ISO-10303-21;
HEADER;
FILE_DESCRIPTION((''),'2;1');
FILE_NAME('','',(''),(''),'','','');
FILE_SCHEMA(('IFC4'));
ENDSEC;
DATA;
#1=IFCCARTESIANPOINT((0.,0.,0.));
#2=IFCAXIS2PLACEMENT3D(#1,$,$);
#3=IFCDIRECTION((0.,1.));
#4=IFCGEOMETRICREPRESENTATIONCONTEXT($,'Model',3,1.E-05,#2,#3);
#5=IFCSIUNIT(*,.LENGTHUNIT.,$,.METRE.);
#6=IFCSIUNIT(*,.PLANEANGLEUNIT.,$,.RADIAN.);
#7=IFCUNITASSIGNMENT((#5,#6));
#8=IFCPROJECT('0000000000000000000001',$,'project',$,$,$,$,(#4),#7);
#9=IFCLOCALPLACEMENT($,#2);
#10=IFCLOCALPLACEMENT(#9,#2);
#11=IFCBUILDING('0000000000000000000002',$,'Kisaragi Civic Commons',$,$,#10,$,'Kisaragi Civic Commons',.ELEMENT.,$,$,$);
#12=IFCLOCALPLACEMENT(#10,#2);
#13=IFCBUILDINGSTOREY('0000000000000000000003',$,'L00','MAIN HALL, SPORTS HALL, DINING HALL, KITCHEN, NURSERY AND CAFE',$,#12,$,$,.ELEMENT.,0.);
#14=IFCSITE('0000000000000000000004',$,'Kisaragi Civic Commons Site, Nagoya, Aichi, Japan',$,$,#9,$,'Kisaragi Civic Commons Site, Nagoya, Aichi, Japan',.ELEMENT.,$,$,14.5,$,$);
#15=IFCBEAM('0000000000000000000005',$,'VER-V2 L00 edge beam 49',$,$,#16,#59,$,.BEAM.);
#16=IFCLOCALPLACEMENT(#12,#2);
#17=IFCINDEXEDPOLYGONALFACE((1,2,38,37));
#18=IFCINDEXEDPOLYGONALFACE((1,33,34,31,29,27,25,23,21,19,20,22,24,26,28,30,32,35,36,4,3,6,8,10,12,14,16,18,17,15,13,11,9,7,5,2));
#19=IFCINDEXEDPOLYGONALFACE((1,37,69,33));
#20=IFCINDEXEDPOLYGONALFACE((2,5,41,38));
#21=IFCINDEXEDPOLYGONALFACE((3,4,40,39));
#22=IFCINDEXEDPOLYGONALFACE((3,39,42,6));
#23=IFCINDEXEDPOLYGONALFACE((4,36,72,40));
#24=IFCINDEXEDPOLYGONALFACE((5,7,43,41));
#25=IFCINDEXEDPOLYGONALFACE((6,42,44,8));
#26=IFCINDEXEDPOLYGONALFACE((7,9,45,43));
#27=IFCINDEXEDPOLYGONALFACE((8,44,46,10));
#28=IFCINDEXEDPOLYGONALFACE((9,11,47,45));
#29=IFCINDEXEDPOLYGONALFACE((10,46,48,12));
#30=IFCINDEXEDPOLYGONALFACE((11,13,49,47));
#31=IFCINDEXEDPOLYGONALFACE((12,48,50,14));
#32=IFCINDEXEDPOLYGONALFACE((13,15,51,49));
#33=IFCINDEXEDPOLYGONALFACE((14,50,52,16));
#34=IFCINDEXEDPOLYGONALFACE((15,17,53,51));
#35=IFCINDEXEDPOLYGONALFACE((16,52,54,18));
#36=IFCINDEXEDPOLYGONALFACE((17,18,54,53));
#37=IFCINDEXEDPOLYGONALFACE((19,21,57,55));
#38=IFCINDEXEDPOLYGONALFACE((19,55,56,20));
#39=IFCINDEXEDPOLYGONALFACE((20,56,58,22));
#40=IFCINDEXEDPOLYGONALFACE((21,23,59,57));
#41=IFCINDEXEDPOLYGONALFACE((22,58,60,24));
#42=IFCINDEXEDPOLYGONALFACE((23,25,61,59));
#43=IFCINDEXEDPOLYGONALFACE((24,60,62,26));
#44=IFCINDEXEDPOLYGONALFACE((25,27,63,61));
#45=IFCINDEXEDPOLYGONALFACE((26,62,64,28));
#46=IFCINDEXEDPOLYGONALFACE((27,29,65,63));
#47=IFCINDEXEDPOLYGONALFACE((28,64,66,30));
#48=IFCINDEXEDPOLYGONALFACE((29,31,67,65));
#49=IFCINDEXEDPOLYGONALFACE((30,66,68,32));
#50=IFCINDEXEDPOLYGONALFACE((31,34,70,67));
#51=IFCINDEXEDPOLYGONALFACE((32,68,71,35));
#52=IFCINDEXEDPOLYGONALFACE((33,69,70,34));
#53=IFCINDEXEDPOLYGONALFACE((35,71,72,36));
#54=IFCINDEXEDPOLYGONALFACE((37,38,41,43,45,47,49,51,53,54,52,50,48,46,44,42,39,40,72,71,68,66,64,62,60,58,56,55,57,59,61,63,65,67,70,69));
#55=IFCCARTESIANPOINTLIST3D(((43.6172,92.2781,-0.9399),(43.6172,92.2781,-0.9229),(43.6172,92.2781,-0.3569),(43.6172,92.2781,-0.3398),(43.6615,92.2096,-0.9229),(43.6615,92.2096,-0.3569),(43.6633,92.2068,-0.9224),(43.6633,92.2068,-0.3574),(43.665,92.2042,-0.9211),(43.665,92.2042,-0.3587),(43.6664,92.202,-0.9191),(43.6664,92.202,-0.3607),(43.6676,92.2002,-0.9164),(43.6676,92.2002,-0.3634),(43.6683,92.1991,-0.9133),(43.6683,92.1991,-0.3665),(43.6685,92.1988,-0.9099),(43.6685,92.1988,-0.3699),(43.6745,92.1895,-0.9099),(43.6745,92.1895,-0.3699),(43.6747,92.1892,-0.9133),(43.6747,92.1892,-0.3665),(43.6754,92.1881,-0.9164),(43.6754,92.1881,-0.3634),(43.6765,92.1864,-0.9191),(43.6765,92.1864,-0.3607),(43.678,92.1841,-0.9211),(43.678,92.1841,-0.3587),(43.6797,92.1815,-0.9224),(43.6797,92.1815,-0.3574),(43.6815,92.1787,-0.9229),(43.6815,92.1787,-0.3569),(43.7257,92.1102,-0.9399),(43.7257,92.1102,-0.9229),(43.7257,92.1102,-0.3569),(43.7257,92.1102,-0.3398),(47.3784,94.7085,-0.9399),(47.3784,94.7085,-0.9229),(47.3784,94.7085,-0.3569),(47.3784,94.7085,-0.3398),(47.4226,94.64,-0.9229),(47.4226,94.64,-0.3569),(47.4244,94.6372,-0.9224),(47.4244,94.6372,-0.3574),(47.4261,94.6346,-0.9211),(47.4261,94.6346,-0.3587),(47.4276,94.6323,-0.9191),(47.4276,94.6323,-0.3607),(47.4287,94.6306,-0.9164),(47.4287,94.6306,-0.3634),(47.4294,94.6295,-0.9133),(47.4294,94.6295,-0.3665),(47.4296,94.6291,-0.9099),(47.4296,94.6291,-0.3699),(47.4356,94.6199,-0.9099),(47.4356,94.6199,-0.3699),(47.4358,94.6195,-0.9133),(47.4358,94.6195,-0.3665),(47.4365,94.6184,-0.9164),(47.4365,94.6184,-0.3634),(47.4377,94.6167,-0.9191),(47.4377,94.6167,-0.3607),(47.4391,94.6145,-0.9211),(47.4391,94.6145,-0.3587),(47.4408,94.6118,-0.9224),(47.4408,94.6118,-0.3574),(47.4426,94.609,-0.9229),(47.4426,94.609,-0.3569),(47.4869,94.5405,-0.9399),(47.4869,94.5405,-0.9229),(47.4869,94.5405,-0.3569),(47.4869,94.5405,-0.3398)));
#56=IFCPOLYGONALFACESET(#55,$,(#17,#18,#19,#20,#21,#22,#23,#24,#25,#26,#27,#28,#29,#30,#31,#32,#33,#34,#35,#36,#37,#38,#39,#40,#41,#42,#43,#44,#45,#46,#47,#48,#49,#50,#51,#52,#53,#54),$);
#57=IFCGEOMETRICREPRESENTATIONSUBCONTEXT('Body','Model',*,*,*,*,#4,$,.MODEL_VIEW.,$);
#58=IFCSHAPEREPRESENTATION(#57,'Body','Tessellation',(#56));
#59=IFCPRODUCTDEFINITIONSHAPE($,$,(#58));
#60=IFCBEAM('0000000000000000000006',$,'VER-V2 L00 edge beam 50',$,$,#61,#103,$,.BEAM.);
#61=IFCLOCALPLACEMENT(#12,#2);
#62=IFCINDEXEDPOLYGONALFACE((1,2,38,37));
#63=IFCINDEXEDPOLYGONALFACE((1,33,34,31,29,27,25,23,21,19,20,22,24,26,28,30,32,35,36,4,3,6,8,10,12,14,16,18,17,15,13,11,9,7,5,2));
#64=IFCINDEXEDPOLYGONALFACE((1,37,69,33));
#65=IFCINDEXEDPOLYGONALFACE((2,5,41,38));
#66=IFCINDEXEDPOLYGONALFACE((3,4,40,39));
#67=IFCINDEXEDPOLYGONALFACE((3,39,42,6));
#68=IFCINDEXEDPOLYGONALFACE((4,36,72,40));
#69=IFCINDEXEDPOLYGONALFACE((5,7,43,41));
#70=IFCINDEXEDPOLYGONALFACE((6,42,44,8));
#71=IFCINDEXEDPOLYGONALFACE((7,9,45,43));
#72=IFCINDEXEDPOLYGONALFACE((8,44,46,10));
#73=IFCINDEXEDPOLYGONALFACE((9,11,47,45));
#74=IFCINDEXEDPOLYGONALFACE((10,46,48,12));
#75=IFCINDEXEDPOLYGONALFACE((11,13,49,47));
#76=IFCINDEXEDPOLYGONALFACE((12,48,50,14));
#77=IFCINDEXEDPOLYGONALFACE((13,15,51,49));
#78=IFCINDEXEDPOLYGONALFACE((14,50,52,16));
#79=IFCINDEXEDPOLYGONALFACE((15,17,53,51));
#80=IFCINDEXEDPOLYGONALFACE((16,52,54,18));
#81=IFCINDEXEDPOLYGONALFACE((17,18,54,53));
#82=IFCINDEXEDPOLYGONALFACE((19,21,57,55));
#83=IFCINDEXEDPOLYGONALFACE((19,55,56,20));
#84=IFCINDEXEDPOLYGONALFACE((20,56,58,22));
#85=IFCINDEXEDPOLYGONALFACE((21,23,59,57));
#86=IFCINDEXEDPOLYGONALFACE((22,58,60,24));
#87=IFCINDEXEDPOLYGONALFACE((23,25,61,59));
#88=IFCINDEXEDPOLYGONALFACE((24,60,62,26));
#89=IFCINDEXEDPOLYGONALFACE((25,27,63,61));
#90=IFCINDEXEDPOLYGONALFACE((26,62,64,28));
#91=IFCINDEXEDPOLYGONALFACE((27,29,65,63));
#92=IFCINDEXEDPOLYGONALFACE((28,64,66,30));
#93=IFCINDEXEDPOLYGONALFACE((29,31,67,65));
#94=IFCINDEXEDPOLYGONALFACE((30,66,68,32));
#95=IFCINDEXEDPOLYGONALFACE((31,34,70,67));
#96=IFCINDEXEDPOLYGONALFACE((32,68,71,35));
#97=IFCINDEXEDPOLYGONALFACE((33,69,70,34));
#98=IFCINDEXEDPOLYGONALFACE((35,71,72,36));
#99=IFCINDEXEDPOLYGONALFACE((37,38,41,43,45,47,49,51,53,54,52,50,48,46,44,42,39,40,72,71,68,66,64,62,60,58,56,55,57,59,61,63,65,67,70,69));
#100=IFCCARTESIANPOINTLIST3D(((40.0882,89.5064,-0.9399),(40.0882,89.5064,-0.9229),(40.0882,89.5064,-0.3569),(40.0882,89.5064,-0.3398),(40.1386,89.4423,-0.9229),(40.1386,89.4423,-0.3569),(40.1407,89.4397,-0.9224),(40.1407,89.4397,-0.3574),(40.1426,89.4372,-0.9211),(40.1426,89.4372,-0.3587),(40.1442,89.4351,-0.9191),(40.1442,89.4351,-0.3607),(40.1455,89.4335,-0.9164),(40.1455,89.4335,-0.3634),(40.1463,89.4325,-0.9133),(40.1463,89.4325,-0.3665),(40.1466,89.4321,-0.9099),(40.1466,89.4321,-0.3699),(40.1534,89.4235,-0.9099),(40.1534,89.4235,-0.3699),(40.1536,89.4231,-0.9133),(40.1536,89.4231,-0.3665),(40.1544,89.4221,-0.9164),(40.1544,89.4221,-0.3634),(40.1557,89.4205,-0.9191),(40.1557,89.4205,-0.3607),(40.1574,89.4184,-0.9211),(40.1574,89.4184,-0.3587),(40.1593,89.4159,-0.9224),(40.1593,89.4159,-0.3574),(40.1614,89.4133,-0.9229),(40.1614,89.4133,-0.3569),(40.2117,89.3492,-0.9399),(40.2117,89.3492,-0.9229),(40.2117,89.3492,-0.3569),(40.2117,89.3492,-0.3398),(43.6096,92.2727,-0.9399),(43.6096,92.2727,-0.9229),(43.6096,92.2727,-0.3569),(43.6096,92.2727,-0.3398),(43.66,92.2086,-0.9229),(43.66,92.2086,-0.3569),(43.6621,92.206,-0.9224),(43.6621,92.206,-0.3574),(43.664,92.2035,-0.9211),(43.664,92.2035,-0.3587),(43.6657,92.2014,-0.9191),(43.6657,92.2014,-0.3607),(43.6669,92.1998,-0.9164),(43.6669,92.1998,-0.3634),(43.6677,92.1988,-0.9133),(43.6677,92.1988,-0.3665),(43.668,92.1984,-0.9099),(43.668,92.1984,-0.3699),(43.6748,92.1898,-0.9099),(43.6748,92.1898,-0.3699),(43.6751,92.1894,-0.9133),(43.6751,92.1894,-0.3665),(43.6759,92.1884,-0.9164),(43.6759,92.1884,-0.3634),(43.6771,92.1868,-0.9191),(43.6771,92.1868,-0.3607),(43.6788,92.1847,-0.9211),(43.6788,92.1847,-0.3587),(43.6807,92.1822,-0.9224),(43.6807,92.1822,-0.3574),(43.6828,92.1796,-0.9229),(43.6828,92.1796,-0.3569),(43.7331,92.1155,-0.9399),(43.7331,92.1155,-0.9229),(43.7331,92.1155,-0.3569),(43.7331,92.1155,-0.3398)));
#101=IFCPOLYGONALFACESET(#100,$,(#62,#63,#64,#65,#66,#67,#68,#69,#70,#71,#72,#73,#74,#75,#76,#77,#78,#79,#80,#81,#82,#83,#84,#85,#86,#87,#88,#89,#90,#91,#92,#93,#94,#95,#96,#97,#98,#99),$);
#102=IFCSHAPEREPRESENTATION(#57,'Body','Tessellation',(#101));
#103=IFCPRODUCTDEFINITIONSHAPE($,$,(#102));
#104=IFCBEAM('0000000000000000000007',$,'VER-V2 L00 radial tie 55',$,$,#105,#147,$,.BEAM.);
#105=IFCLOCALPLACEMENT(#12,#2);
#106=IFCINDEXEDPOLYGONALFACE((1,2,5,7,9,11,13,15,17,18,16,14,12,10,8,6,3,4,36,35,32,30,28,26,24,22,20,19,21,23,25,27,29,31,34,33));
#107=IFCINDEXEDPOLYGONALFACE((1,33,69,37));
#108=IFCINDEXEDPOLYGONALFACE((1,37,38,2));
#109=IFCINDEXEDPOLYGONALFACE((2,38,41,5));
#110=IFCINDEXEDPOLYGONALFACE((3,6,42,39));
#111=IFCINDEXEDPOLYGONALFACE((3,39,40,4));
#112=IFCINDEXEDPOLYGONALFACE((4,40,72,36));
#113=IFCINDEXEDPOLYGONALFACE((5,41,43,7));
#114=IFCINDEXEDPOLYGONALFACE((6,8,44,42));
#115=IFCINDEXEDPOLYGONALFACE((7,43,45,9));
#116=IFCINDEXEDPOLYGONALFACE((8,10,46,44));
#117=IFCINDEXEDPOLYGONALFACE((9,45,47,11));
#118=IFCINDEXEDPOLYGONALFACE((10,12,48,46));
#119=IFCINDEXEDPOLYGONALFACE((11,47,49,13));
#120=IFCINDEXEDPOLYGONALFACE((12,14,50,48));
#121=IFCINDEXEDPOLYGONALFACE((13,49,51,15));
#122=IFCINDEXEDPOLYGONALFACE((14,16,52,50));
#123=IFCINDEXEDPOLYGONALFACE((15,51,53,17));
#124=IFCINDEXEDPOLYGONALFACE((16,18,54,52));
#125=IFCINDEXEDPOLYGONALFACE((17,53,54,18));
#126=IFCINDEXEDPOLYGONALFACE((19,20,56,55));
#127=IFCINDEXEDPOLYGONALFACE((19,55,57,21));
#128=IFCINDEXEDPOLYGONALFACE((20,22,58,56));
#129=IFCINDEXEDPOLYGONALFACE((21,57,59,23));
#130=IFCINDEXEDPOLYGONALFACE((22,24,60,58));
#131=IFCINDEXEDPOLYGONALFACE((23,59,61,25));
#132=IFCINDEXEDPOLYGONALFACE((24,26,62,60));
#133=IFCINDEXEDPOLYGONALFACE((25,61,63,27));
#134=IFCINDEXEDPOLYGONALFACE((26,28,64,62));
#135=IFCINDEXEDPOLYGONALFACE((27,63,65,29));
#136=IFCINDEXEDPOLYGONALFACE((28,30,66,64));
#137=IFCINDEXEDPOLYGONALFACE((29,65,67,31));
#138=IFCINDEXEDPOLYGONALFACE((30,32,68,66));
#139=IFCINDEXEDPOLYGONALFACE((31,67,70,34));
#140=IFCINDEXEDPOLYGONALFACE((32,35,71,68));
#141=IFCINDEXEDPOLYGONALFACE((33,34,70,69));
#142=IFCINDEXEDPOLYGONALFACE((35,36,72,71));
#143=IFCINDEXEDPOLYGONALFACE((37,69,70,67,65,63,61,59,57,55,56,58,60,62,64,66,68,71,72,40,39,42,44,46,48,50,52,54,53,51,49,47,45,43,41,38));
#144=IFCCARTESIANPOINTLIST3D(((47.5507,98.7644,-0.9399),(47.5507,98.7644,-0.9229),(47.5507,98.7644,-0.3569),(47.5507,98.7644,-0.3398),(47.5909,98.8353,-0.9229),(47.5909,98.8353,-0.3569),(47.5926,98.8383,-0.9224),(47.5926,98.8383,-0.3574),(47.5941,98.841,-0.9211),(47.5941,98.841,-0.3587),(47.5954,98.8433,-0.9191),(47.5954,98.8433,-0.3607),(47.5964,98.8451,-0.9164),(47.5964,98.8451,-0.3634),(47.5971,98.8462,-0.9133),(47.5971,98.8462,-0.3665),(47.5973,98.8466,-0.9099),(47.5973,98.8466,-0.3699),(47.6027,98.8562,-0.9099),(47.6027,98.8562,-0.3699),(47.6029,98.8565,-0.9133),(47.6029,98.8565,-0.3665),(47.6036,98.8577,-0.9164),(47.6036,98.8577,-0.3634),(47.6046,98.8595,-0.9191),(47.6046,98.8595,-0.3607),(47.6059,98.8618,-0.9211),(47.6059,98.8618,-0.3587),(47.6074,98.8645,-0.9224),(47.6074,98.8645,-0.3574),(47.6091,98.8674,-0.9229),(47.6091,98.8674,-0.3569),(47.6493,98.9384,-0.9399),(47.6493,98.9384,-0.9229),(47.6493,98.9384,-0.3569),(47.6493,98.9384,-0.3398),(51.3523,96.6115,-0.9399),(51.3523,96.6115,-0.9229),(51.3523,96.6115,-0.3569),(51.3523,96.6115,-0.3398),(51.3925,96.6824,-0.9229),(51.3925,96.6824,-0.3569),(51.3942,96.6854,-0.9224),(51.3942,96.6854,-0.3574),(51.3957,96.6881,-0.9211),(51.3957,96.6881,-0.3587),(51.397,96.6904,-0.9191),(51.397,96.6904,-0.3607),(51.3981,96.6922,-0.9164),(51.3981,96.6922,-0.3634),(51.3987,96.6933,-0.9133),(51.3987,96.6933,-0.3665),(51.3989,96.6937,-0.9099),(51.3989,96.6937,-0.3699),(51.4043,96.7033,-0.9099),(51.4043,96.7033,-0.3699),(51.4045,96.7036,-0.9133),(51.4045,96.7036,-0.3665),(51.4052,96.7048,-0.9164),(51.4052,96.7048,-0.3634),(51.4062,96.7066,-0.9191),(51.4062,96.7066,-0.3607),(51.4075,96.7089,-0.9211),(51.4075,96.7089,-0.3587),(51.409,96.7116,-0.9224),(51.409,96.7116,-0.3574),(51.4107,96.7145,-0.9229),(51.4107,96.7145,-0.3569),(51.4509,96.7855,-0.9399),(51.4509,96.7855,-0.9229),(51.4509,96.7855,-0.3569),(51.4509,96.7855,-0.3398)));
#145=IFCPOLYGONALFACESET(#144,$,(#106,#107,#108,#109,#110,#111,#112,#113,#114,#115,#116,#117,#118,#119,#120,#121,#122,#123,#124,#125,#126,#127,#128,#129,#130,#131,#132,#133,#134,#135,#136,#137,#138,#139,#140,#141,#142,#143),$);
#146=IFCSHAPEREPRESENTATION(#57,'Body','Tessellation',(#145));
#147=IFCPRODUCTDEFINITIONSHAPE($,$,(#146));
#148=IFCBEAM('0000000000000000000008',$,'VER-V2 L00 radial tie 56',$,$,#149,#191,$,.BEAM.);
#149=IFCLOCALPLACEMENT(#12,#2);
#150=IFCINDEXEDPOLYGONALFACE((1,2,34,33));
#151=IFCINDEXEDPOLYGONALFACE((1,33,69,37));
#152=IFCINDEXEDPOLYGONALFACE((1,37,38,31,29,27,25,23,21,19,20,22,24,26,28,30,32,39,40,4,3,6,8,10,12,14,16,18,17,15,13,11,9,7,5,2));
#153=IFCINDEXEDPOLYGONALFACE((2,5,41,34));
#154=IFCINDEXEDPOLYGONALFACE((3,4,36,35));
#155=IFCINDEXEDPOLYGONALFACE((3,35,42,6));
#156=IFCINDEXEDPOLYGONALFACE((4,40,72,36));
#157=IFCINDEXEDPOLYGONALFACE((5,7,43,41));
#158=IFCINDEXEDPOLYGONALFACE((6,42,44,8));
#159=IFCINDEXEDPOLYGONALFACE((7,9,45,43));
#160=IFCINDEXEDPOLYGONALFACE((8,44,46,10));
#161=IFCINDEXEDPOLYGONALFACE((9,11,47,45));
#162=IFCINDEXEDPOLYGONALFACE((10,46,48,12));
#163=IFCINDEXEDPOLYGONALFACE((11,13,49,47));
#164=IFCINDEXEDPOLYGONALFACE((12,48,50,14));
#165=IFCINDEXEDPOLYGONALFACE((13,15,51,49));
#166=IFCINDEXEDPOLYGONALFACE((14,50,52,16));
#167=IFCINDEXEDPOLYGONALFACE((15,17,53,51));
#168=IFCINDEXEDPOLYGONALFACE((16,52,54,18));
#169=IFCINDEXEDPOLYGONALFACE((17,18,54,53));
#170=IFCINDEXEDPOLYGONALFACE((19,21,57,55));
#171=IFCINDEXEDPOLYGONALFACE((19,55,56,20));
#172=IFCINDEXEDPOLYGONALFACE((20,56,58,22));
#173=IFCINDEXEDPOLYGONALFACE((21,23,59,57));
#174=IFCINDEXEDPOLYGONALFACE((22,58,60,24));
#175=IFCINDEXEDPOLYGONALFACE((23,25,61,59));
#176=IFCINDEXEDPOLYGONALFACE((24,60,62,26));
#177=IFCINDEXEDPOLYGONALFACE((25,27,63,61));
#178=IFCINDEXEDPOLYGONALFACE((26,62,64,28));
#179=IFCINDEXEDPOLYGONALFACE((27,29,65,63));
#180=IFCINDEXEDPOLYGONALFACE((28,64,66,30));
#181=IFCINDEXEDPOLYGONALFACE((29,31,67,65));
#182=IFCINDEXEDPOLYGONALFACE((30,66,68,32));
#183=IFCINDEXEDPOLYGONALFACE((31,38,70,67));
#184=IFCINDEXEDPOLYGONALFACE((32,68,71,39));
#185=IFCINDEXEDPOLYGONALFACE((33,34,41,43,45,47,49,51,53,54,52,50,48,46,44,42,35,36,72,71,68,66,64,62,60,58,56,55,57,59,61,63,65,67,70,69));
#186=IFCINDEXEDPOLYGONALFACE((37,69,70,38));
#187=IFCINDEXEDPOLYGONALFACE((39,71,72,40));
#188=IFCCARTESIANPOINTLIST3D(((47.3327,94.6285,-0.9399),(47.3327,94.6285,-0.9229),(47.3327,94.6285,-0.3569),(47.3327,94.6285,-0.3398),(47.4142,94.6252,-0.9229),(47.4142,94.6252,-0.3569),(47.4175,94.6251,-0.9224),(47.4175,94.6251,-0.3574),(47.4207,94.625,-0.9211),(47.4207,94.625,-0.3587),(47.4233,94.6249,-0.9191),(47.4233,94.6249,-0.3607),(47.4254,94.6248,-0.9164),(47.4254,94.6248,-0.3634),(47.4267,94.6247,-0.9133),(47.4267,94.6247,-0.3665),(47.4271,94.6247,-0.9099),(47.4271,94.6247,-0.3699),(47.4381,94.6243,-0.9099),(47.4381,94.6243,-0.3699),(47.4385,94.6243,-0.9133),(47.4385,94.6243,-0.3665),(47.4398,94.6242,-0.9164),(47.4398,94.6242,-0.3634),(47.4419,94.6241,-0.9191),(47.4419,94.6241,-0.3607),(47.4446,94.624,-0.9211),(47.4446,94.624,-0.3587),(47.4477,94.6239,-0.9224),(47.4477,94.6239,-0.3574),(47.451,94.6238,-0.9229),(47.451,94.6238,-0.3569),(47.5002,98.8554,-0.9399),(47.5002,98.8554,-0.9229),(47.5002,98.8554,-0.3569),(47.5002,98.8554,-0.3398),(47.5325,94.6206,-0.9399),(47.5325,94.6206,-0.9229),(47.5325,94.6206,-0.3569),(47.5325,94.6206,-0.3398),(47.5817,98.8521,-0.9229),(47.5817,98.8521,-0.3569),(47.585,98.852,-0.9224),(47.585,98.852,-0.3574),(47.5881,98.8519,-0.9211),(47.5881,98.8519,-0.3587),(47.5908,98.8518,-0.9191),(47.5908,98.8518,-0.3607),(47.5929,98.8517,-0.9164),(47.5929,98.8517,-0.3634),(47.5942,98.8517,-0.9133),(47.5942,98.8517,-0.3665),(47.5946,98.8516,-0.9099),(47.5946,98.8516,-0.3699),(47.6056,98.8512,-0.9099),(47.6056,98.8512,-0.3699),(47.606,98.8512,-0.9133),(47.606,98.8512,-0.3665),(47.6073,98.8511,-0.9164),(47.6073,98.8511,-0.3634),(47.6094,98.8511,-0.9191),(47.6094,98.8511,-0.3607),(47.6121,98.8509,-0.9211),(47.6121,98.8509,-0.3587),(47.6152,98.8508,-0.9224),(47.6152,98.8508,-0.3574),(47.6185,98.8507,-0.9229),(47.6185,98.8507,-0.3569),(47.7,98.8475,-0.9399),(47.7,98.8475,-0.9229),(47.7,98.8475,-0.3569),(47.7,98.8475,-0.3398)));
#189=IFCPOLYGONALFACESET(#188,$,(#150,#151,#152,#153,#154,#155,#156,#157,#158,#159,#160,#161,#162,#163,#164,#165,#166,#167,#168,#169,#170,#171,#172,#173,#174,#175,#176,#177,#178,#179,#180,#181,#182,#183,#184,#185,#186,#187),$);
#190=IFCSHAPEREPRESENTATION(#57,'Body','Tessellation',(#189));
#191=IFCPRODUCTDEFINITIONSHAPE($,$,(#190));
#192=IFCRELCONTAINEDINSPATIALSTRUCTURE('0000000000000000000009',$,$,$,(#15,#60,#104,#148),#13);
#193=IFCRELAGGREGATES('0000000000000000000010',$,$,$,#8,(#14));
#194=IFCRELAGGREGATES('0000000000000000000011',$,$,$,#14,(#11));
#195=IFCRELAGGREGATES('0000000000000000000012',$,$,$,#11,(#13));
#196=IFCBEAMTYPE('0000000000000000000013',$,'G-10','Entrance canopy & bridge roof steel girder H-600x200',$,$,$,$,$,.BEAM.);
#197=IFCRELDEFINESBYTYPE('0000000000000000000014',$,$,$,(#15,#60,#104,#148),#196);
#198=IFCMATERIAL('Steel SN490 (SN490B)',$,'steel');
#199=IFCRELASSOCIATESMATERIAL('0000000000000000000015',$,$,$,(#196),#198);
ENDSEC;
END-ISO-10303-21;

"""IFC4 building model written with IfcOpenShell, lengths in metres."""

from ifc_helpers import new_model, si_unit, direction, frame, origin, origin_2d, place, context, subcontext, project, spatial, i_section, extrude, material, material_profile, profile_set, type_object, element, save


model = new_model("IFC4")

# Units and contexts
model_context = context("Model", 3, precision=1e-05, world=origin(), true_north=direction((0.0, 1.0)))
body_context = subcontext(model_context, "Body", "Model", "MODEL_VIEW")
ifc_project = project(units=[si_unit("LENGTHUNIT", "METRE"), si_unit("PLANEANGLEUNIT", "RADIAN")], contexts=[model_context])

# Site, building, storey
site_placement = place(None, origin())
site = spatial("IfcSite", under=ifc_project, at=site_placement, Name="Kisaragi Civic Commons Site, Nagoya, Aichi, Japan", LongName="Kisaragi Civic Commons Site, Nagoya, Aichi, Japan", CompositionType="ELEMENT", RefElevation=14.5)
building_placement = place(site_placement, origin())
building = spatial("IfcBuilding", under=site, at=building_placement, Name="Kisaragi Civic Commons", LongName="Kisaragi Civic Commons", CompositionType="ELEMENT")
storey_placement = place(building_placement, origin())
storey = spatial("IfcBuildingStorey", under=building, at=storey_placement, Name="L00", Description="MAIN HALL, SPORTS HALL, DINING HALL, KITCHEN, NURSERY AND CAFE", CompositionType="ELEMENT", Elevation=0.0)

# Shared definitions
ifc_material_1 = material(Name="Steel SN490 (SN490B)", Category="steel")

# Beams
ifc_material_profile_1 = material_profile(ifc_material_1, i_section(OverallWidth=0.2, OverallDepth=0.6001, WebThickness=0.011, FlangeThickness=0.0171, FilletRadius=0.0129, at=origin_2d()), Name="H-600x200x11x17", Category="steel")
ifc_profile_set_1 = profile_set([ifc_material_profile_1], Name="Steel SN490 (SN490B)")
beam_type_1 = type_object("IfcBeamType", Name="G-10", Description="Entrance canopy & bridge roof steel girder H-600x200", PredefinedType="BEAM", material=ifc_profile_set_1)
for number, where, z_axis, x_axis, name in (
    (1, (47.4326, 94.6245, -0.6399), (-0.839908, -0.542729, 0.0), (0.542729, -0.839908, 0.0), "VER-V2 L00 edge beam 49"),
    (2, (43.6714, 92.1941, -0.6399), (-0.786375, -0.617749, 0.0), (0.617749, -0.786375, 0.0), "VER-V2 L00 edge beam 50"),
):
    element("IfcBeam", number, at=place(storey_placement, frame(where, z_axis=z_axis, x_axis=x_axis)), inside=storey, type_object=beam_type_1, Name=name, PredefinedType="BEAM", context=body_context, shape_type="SweptSolid", body=[
        extrude(i_section(OverallWidth=0.2, OverallDepth=0.6001, WebThickness=0.011, FlangeThickness=0.0171, FilletRadius=0.0129, at=origin_2d()), origin(), (0.0, 0.0, 1.0), 4.478),
    ])
beam_1_placement = place(storey_placement, frame((51.4016, 96.6985, -0.6399), z_axis=(-0.870156, 0.492777, 0.0), x_axis=(-0.492777, -0.870156, 0.0)))
element("IfcBeam", 3, at=beam_1_placement, inside=storey, type_object=beam_type_1, Name="VER-V2 L00 radial tie 55", PredefinedType="BEAM", context=body_context, shape_type="SweptSolid", body=[
    extrude(i_section(OverallWidth=0.2, OverallDepth=0.6001, WebThickness=0.011, FlangeThickness=0.0171, FilletRadius=0.0129, at=origin_2d()), origin(), (0.0, 0.0, 1.0), 4.3689),
])
beam_2_placement = place(storey_placement, frame((47.4326, 94.6245, -0.6399), z_axis=(0.039592, 0.999216, 0.0), x_axis=(-0.999216, 0.039592, 0.0)))
element("IfcBeam", 4, at=beam_2_placement, inside=storey, type_object=beam_type_1, Name="VER-V2 L00 radial tie 56", PredefinedType="BEAM", context=body_context, shape_type="SweptSolid", body=[
    extrude(i_section(OverallWidth=0.2, OverallDepth=0.6001, WebThickness=0.011, FlangeThickness=0.0171, FilletRadius=0.0129, at=origin_2d()), origin(), (0.0, 0.0, 1.0), 4.2302),
])

save(model, "model.ifc")
